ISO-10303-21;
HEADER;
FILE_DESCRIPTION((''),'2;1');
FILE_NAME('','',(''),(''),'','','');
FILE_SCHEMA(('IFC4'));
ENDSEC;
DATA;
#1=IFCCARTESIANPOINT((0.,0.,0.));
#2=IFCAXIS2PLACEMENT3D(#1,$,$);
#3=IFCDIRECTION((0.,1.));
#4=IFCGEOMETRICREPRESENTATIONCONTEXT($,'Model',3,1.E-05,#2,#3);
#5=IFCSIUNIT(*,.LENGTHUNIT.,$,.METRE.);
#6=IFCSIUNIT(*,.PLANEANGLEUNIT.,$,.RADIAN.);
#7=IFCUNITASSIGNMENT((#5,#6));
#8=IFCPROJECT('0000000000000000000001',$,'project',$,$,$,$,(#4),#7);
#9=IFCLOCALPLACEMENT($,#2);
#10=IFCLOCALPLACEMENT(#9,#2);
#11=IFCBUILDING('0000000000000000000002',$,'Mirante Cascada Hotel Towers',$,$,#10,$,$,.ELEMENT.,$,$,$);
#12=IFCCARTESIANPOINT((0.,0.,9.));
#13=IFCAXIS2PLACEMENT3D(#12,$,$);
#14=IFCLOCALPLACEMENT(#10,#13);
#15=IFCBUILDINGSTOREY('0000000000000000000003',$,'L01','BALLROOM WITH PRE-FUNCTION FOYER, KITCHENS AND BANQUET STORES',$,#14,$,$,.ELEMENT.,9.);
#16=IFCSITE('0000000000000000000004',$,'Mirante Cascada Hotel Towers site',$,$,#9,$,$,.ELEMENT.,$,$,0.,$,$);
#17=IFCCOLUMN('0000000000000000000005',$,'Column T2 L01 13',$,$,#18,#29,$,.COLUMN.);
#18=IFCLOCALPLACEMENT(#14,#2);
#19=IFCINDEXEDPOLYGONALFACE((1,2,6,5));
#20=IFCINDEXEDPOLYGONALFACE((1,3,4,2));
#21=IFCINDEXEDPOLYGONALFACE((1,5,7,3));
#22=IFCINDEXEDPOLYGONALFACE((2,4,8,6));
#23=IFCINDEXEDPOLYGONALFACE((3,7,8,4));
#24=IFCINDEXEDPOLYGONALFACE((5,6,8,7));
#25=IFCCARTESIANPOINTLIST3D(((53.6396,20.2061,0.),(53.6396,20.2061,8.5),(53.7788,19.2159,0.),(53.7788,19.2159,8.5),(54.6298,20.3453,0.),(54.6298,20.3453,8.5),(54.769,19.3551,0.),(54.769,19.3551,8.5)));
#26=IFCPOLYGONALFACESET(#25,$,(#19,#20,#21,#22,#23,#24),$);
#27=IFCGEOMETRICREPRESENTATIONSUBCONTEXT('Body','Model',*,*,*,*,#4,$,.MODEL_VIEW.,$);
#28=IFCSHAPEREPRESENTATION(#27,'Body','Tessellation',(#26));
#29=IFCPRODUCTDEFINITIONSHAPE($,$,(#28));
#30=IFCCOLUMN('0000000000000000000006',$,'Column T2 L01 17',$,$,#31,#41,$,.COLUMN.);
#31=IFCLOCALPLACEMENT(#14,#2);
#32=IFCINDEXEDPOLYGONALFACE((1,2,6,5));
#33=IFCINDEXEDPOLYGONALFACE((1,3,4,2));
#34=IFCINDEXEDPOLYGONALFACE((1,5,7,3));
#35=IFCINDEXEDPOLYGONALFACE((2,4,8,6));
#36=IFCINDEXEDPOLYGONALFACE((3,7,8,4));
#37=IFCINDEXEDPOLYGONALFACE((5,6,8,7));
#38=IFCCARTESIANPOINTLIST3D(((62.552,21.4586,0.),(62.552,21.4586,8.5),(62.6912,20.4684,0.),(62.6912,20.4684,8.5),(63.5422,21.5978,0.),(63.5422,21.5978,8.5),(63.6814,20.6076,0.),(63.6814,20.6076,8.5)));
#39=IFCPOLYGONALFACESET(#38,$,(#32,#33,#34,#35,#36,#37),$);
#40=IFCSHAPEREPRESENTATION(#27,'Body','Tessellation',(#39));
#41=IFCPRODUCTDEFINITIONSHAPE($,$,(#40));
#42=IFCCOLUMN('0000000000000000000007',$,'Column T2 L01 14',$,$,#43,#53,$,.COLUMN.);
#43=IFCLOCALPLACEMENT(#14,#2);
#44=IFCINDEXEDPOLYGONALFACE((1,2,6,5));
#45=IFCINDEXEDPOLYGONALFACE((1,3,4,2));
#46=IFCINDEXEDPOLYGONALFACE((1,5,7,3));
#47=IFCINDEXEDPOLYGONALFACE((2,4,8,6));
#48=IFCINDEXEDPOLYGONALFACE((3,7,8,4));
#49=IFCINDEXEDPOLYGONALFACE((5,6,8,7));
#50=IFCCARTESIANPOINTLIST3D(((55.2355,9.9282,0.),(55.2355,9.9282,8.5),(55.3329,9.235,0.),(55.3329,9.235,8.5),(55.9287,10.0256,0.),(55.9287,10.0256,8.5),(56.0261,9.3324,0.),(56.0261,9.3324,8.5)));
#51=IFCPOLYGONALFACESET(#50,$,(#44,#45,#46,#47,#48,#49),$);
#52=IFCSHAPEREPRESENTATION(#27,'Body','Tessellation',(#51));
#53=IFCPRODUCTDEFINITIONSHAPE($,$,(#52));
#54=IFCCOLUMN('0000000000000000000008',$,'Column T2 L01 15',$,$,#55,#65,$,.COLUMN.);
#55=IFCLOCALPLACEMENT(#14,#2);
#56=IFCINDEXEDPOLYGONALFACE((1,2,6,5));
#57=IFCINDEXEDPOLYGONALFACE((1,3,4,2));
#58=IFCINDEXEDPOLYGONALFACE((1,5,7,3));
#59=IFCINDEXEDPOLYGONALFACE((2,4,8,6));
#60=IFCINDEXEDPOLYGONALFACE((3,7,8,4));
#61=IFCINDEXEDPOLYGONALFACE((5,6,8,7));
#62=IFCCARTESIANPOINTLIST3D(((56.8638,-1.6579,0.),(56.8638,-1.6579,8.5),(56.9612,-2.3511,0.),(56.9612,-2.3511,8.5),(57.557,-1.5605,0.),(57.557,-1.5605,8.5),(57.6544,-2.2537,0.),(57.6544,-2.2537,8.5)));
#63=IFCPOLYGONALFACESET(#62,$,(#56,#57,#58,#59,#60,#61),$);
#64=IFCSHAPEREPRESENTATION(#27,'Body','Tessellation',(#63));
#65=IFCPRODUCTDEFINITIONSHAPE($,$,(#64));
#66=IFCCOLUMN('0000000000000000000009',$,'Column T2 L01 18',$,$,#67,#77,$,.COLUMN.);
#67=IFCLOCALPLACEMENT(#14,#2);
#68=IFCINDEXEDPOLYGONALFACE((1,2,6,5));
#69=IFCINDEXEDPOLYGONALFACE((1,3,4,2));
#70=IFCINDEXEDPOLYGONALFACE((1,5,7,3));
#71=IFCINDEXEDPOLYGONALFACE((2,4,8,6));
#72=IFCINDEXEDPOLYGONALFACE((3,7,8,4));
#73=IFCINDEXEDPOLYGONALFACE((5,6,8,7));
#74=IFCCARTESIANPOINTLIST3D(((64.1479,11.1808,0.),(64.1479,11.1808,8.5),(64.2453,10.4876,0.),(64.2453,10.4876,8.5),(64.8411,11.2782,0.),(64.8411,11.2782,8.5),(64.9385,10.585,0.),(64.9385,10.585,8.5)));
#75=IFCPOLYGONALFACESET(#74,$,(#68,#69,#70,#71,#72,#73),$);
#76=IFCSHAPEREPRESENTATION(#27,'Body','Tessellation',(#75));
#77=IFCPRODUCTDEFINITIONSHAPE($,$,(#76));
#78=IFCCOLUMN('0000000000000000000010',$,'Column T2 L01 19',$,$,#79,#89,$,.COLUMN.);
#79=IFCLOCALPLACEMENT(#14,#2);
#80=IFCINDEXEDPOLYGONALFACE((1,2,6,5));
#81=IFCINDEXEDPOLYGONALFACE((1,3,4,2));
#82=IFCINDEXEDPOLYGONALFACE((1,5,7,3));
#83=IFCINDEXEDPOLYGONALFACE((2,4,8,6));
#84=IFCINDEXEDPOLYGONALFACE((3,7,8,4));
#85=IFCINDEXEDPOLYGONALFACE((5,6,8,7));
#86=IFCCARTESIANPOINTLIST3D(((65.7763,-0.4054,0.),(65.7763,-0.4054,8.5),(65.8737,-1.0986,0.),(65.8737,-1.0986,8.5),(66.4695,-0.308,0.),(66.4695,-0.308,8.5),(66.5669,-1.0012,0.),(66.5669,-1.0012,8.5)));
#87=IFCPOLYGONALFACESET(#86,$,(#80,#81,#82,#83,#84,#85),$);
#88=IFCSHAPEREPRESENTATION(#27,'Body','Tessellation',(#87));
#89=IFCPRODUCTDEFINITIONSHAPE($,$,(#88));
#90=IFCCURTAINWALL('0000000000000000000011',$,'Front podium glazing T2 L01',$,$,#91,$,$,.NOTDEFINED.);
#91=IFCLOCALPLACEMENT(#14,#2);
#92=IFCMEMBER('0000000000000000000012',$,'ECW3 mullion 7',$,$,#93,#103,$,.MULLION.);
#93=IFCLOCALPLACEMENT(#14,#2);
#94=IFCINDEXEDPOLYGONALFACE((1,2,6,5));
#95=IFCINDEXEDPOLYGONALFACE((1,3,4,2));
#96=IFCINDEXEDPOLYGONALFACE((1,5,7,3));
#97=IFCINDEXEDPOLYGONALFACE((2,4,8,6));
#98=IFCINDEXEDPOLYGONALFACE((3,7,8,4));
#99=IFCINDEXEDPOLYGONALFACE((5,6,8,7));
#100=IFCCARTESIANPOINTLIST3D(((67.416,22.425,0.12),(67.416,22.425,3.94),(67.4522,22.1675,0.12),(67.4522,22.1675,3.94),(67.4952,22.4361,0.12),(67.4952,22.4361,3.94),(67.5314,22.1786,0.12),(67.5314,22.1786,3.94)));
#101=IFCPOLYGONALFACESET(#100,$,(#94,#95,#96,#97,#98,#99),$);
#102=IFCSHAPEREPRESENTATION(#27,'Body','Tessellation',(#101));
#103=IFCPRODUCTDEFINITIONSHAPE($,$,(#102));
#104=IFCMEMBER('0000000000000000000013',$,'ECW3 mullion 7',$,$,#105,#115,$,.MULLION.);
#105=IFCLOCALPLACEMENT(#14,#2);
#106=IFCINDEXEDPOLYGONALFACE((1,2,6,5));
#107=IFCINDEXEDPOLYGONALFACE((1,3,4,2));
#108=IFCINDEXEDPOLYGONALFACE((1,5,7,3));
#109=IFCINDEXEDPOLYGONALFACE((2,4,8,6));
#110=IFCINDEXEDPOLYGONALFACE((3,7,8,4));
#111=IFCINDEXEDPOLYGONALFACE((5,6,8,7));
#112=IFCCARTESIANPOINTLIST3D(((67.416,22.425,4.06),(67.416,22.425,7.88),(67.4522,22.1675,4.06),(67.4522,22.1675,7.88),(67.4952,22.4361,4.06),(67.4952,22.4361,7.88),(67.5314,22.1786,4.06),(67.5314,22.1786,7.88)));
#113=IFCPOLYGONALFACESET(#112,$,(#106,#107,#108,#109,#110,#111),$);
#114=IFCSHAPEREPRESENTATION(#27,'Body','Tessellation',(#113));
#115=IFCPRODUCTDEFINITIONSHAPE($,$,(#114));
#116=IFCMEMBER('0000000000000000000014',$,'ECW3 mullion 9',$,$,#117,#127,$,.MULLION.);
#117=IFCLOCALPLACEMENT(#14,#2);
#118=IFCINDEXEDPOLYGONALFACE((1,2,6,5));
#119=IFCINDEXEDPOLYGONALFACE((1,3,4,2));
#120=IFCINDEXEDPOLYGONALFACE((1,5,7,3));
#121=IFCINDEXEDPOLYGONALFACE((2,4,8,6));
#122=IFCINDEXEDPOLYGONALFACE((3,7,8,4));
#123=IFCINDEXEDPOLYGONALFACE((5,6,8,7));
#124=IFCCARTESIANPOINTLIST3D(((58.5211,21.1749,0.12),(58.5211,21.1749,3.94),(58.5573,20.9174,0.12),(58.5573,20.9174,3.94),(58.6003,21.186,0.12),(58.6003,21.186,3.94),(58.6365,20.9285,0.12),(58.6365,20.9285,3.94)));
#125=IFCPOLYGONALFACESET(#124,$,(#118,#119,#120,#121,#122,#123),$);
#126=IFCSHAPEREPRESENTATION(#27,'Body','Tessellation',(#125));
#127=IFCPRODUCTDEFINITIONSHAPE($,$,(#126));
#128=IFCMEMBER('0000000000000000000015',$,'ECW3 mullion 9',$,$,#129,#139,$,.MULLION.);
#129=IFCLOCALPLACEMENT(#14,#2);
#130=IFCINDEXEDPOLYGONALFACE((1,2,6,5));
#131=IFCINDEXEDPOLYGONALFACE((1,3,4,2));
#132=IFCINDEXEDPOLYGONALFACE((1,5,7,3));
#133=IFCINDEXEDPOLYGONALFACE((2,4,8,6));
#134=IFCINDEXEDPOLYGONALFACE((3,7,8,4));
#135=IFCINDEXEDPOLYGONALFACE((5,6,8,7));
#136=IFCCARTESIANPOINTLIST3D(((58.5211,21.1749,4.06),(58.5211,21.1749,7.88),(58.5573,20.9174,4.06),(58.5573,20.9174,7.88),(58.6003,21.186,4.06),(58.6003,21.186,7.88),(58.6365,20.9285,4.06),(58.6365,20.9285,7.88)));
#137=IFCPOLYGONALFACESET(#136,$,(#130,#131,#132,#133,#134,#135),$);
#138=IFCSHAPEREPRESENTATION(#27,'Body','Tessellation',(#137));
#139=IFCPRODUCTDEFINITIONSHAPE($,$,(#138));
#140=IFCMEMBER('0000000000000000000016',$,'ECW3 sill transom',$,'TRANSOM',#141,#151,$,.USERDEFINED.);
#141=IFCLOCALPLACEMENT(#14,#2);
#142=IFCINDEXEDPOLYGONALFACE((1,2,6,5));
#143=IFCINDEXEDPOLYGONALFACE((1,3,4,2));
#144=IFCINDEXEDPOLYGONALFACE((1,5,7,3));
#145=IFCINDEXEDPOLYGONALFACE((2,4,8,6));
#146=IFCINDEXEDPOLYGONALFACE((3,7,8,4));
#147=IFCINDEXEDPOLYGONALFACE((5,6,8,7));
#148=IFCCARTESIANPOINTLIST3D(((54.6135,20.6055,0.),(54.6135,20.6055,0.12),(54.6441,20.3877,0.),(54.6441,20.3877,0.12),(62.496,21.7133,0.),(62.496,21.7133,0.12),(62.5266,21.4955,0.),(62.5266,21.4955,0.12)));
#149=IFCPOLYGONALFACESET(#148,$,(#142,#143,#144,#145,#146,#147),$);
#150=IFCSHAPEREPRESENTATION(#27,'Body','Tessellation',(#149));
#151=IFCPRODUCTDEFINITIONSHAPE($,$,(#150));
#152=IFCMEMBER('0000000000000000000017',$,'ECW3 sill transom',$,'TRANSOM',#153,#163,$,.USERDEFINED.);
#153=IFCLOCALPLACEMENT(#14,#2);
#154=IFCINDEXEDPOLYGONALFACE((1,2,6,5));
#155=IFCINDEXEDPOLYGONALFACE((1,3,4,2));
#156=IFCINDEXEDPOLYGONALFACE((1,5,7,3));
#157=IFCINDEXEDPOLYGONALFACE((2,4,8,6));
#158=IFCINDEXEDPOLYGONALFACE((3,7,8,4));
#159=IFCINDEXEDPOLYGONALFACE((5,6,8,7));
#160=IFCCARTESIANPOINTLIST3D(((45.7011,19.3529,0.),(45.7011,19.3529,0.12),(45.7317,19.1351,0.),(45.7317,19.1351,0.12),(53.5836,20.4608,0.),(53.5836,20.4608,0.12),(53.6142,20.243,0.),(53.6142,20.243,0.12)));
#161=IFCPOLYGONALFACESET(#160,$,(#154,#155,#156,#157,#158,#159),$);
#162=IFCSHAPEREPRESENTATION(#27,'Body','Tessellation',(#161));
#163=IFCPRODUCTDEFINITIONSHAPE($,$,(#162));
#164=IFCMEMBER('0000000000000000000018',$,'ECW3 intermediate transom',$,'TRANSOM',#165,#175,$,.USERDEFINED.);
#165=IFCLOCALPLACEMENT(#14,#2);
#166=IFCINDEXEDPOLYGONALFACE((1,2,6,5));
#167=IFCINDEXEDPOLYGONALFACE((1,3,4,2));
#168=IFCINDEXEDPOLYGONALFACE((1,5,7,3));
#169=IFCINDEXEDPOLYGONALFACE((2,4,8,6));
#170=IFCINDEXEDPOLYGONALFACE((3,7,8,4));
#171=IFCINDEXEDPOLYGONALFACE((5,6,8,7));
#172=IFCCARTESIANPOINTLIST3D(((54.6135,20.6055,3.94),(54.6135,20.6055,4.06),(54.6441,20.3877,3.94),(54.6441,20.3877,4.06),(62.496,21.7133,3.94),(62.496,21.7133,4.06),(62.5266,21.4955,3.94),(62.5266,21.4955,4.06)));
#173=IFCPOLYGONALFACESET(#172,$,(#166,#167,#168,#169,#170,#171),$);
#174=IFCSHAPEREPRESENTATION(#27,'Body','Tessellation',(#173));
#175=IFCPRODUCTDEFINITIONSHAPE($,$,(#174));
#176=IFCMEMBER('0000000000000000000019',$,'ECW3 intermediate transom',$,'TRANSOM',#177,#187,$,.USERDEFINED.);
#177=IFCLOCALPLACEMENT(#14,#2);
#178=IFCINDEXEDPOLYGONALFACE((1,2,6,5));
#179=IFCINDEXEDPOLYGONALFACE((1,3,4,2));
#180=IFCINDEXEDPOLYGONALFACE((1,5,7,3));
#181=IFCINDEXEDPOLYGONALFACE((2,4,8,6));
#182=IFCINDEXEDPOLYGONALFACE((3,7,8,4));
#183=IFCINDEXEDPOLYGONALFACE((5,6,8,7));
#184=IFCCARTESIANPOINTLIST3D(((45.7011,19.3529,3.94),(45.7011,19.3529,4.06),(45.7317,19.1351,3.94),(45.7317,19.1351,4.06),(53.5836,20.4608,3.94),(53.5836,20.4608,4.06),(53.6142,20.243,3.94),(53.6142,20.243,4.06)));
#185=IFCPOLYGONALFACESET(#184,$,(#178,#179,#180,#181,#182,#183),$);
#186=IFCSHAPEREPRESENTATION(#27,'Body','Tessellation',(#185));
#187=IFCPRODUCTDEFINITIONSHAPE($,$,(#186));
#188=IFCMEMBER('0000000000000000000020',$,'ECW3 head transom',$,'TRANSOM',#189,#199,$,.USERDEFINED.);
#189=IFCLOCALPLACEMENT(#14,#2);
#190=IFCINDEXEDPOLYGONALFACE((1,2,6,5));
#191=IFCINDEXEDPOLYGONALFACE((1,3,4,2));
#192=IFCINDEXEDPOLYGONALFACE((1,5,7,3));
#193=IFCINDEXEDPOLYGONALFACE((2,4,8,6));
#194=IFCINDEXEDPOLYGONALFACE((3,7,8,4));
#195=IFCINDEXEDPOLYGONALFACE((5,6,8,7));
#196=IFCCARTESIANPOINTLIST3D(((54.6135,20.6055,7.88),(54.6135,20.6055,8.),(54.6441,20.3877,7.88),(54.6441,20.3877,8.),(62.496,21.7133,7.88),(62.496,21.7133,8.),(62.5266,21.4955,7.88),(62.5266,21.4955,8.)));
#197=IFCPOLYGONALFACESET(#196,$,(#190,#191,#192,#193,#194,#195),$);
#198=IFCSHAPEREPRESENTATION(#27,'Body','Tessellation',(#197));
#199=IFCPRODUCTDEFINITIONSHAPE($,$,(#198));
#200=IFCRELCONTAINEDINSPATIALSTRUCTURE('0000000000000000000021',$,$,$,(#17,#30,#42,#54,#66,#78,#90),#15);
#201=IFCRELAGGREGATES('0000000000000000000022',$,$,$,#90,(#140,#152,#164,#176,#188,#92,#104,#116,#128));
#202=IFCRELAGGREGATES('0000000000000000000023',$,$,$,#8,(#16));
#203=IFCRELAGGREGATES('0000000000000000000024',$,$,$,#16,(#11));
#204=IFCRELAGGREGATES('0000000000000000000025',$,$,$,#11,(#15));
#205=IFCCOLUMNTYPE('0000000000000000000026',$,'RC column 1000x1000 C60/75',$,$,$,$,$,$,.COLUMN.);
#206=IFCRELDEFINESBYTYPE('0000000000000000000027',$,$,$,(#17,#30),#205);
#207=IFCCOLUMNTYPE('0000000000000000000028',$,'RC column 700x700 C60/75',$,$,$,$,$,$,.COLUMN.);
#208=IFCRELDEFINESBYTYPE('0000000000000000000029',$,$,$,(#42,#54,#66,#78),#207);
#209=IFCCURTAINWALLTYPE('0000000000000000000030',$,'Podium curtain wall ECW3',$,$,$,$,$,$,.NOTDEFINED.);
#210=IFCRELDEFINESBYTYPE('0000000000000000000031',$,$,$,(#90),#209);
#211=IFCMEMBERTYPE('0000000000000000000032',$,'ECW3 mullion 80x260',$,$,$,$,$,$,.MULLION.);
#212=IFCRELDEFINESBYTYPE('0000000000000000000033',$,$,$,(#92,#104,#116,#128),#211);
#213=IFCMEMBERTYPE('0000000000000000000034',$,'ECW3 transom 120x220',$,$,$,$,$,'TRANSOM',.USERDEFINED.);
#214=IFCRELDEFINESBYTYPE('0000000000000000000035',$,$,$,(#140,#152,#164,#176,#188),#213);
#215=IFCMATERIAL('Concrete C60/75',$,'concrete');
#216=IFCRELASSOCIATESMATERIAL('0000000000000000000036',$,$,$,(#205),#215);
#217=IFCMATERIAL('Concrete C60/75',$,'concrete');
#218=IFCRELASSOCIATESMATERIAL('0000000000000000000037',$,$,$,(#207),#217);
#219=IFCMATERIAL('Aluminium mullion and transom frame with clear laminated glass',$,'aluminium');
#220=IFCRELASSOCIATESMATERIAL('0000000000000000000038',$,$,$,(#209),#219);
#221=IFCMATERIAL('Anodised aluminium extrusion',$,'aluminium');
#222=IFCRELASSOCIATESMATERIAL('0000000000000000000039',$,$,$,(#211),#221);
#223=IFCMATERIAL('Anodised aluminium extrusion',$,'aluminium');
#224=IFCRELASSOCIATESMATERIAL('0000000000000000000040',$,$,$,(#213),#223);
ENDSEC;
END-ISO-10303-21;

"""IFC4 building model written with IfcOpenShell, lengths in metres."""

from ifc_helpers import new_model, si_unit, direction, frame, origin, origin_2d, place, context, subcontext, project, spatial, rectangle, extrude, material, material_profile, profile_set, type_object, element, aggregate, save


model = new_model("IFC4")

# Units and contexts
model_context = context("Model", 3, precision=1e-05, world=origin(), true_north=direction((0.0, 1.0)))
body_context = subcontext(model_context, "Body", "Model", "MODEL_VIEW")
ifc_project = project(units=[si_unit("LENGTHUNIT", "METRE"), si_unit("PLANEANGLEUNIT", "RADIAN")], contexts=[model_context])

# Site, building, storey
site_placement = place(None, origin())
site = spatial("IfcSite", under=ifc_project, at=site_placement, Name="Mirante Cascada Hotel Towers site", CompositionType="ELEMENT", RefElevation=0.0)
building_placement = place(site_placement, origin())
building = spatial("IfcBuilding", under=site, at=building_placement, Name="Mirante Cascada Hotel Towers", CompositionType="ELEMENT")
storey_placement = place(building_placement, frame((0.0, 0.0, 9.0)))
storey = spatial("IfcBuildingStorey", under=building, at=storey_placement, Name="L01", Description="BALLROOM WITH PRE-FUNCTION FOYER, KITCHENS AND BANQUET STORES", CompositionType="ELEMENT", Elevation=9.0)

# Columns
ifc_material_1 = material(Name="Concrete C60/75", Category="concrete")
ifc_material_profile_1 = material_profile(ifc_material_1, rectangle(XDim=1.0, YDim=1.0, at=origin_2d()), Name="RC column 1000x1000 C60/75")
ifc_profile_set_1 = profile_set([ifc_material_profile_1], Name="Concrete C60/75")
column_type_1 = type_object("IfcColumnType", Name="RC column 1000x1000 C60/75", PredefinedType="COLUMN", material=ifc_profile_set_1)
for number, where, z_axis, x_axis, name in (
    (1, (54.2043, 19.7806, 0.0), (0.0, 0.0, 1.0), (0.990268, 0.139173, 0.0), "Column T2 L01 13"),
    (2, (63.1167, 21.0331, 0.0), (0.0, 0.0, 1.0), (0.990268, 0.139173, 0.0), "Column T2 L01 17"),
):
    element("IfcColumn", number, at=place(storey_placement, frame(where, z_axis=z_axis, x_axis=x_axis)), inside=storey, type_object=column_type_1, Name=name, PredefinedType="COLUMN", context=body_context, shape_type="SweptSolid", body=[
        extrude(rectangle(XDim=1.0, YDim=1.0, at=origin_2d()), origin(), (0.0, 0.0, 1.0), 8.5),
    ])
ifc_material_2 = material(Name="Concrete C60/75", Category="concrete")
ifc_material_profile_2 = material_profile(ifc_material_2, rectangle(XDim=0.7, YDim=0.7, at=origin_2d()), Name="RC column 700x700 C60/75")
ifc_profile_set_2 = profile_set([ifc_material_profile_2], Name="Concrete C60/75")
column_type_2 = type_object("IfcColumnType", Name="RC column 700x700 C60/75", PredefinedType="COLUMN", material=ifc_profile_set_2)
for number, where, z_axis, x_axis, name in (
    (3, (55.6308, 9.6303, 0.0), (0.0, 0.0, 1.0), (0.990268, 0.139173, 0.0), "Column T2 L01 14"),
    (4, (57.2591, -1.9558, 0.0), (0.0, 0.0, 1.0), (0.990268, 0.139173, 0.0), "Column T2 L01 15"),
    (5, (64.5432, 10.8829, 0.0), (0.0, 0.0, 1.0), (0.990268, 0.139173, 0.0), "Column T2 L01 18"),
    (6, (66.1716, -0.7033, 0.0), (0.0, 0.0, 1.0), (0.990268, 0.139173, 0.0), "Column T2 L01 19"),
):
    element("IfcColumn", number, at=place(storey_placement, frame(where, z_axis=z_axis, x_axis=x_axis)), inside=storey, type_object=column_type_2, Name=name, PredefinedType="COLUMN", context=body_context, shape_type="SweptSolid", body=[
        extrude(rectangle(XDim=0.7, YDim=0.7, at=origin_2d()), origin(), (0.0, 0.0, 1.0), 8.5),
    ])

# Curtain wall, members
ifc_material_3 = material(Name="Aluminium mullion and transom frame with clear laminated glass", Category="aluminium")
curtain_wall_type = type_object("IfcCurtainWallType", Name="Podium curtain wall ECW3", PredefinedType="NOTDEFINED", material=ifc_material_3)
curtain_wall_placement = place(storey_placement, origin())
curtain_wall = element("IfcCurtainWall", 7, at=curtain_wall_placement, inside=storey, type_object=curtain_wall_type, Name="Front podium glazing T2 L01", PredefinedType="NOTDEFINED")
ifc_material_4 = material(Name="Anodised aluminium extrusion", Category="aluminium")
ifc_material_profile_3 = material_profile(ifc_material_4, rectangle(XDim=0.26, YDim=0.08, at=origin_2d()), Name="ECW3 MULLION 80x260")
ifc_profile_set_3 = profile_set([ifc_material_profile_3], Name="Anodised aluminium extrusion")
member_type_1 = type_object("IfcMemberType", Name="ECW3 mullion 80x260", PredefinedType="MULLION", material=ifc_profile_set_3)
member_1_placement = place(storey_placement, frame((67.4737, 22.3018, 0.12), z_axis=(0.0, 0.0, 1.0), x_axis=(0.139173, -0.990268, 0.0)))
member_1 = element("IfcMember", 8, at=member_1_placement, type_object=member_type_1, Name="ECW3 mullion 7", PredefinedType="MULLION", context=body_context, shape_type="SweptSolid", body=[
    extrude(rectangle(XDim=0.26, YDim=0.08, at=origin_2d()), origin(), (0.0, 0.0, 1.0), 3.82),
])
member_2_placement = place(storey_placement, frame((67.4737, 22.3018, 4.06), z_axis=(0.0, 0.0, 1.0), x_axis=(0.139173, -0.990268, 0.0)))
member_2 = element("IfcMember", 9, at=member_2_placement, type_object=member_type_1, Name="ECW3 mullion 7", PredefinedType="MULLION", context=body_context, shape_type="SweptSolid", body=[
    extrude(rectangle(XDim=0.26, YDim=0.08, at=origin_2d()), origin(), (0.0, 0.0, 1.0), 3.82),
])
member_3_placement = place(storey_placement, frame((58.5788, 21.0517, 0.12), z_axis=(0.0, 0.0, 1.0), x_axis=(0.139173, -0.990268, 0.0)))
member_3 = element("IfcMember", 10, at=member_3_placement, type_object=member_type_1, Name="ECW3 mullion 9", PredefinedType="MULLION", context=body_context, shape_type="SweptSolid", body=[
    extrude(rectangle(XDim=0.26, YDim=0.08, at=origin_2d()), origin(), (0.0, 0.0, 1.0), 3.82),
])
member_4_placement = place(storey_placement, frame((58.5788, 21.0517, 4.06), z_axis=(0.0, 0.0, 1.0), x_axis=(0.139173, -0.990268, 0.0)))
member_4 = element("IfcMember", 11, at=member_4_placement, type_object=member_type_1, Name="ECW3 mullion 9", PredefinedType="MULLION", context=body_context, shape_type="SweptSolid", body=[
    extrude(rectangle(XDim=0.26, YDim=0.08, at=origin_2d()), origin(), (0.0, 0.0, 1.0), 3.82),
])
ifc_material_5 = material(Name="Anodised aluminium extrusion", Category="aluminium")
ifc_material_profile_4 = material_profile(ifc_material_5, rectangle(XDim=0.22, YDim=0.12, at=origin_2d()), Name="ECW3 TRANSOM 120x220")
ifc_profile_set_4 = profile_set([ifc_material_profile_4], Name="Anodised aluminium extrusion")
member_type_2 = type_object("IfcMemberType", Name="ECW3 transom 120x220", ElementType="TRANSOM", PredefinedType="USERDEFINED", material=ifc_profile_set_4)
member_5_placement = place(storey_placement, frame((62.5113, 21.6044, 0.06), z_axis=(-0.990268, -0.139172, 0.0), x_axis=(0.139172, -0.990268, 0.0)))
member_5 = element("IfcMember", 12, at=member_5_placement, type_object=member_type_2, Name="ECW3 sill transom", ObjectType="TRANSOM", PredefinedType="USERDEFINED", context=body_context, shape_type="SweptSolid", body=[
    extrude(rectangle(XDim=0.22, YDim=0.12, at=origin_2d()), origin(), (0.0, 0.0, 1.0), 7.96),
])
member_6_placement = place(storey_placement, frame((53.5989, 20.3519, 0.06), z_axis=(-0.990267, -0.139184, 0.0), x_axis=(0.139184, -0.990267, 0.0)))
member_6 = element("IfcMember", 13, at=member_6_placement, type_object=member_type_2, Name="ECW3 sill transom", ObjectType="TRANSOM", PredefinedType="USERDEFINED", context=body_context, shape_type="SweptSolid", body=[
    extrude(rectangle(XDim=0.22, YDim=0.12, at=origin_2d()), origin(), (0.0, 0.0, 1.0), 7.96),
])
member_7_placement = place(storey_placement, frame((62.5113, 21.6044, 4.0), z_axis=(-0.990268, -0.139172, 0.0), x_axis=(0.139172, -0.990268, 0.0)))
member_7 = element("IfcMember", 14, at=member_7_placement, type_object=member_type_2, Name="ECW3 intermediate transom", ObjectType="TRANSOM", PredefinedType="USERDEFINED", context=body_context, shape_type="SweptSolid", body=[
    extrude(rectangle(XDim=0.22, YDim=0.12, at=origin_2d()), origin(), (0.0, 0.0, 1.0), 7.96),
])
member_8_placement = place(storey_placement, frame((53.5989, 20.3519, 4.0), z_axis=(-0.990267, -0.139184, 0.0), x_axis=(0.139184, -0.990267, 0.0)))
member_8 = element("IfcMember", 15, at=member_8_placement, type_object=member_type_2, Name="ECW3 intermediate transom", ObjectType="TRANSOM", PredefinedType="USERDEFINED", context=body_context, shape_type="SweptSolid", body=[
    extrude(rectangle(XDim=0.22, YDim=0.12, at=origin_2d()), origin(), (0.0, 0.0, 1.0), 7.96),
])
member_9_placement = place(storey_placement, frame((62.5113, 21.6044, 7.94), z_axis=(-0.990268, -0.139172, 0.0), x_axis=(0.139172, -0.990268, 0.0)))
member_9 = element("IfcMember", 16, at=member_9_placement, type_object=member_type_2, Name="ECW3 head transom", ObjectType="TRANSOM", PredefinedType="USERDEFINED", context=body_context, shape_type="SweptSolid", body=[
    extrude(rectangle(XDim=0.22, YDim=0.12, at=origin_2d()), origin(), (0.0, 0.0, 1.0), 7.96),
])
aggregate(curtain_wall, [member_5, member_6, member_7, member_8, member_9, member_1, member_2, member_3, member_4])

save(model, "model.ifc")
